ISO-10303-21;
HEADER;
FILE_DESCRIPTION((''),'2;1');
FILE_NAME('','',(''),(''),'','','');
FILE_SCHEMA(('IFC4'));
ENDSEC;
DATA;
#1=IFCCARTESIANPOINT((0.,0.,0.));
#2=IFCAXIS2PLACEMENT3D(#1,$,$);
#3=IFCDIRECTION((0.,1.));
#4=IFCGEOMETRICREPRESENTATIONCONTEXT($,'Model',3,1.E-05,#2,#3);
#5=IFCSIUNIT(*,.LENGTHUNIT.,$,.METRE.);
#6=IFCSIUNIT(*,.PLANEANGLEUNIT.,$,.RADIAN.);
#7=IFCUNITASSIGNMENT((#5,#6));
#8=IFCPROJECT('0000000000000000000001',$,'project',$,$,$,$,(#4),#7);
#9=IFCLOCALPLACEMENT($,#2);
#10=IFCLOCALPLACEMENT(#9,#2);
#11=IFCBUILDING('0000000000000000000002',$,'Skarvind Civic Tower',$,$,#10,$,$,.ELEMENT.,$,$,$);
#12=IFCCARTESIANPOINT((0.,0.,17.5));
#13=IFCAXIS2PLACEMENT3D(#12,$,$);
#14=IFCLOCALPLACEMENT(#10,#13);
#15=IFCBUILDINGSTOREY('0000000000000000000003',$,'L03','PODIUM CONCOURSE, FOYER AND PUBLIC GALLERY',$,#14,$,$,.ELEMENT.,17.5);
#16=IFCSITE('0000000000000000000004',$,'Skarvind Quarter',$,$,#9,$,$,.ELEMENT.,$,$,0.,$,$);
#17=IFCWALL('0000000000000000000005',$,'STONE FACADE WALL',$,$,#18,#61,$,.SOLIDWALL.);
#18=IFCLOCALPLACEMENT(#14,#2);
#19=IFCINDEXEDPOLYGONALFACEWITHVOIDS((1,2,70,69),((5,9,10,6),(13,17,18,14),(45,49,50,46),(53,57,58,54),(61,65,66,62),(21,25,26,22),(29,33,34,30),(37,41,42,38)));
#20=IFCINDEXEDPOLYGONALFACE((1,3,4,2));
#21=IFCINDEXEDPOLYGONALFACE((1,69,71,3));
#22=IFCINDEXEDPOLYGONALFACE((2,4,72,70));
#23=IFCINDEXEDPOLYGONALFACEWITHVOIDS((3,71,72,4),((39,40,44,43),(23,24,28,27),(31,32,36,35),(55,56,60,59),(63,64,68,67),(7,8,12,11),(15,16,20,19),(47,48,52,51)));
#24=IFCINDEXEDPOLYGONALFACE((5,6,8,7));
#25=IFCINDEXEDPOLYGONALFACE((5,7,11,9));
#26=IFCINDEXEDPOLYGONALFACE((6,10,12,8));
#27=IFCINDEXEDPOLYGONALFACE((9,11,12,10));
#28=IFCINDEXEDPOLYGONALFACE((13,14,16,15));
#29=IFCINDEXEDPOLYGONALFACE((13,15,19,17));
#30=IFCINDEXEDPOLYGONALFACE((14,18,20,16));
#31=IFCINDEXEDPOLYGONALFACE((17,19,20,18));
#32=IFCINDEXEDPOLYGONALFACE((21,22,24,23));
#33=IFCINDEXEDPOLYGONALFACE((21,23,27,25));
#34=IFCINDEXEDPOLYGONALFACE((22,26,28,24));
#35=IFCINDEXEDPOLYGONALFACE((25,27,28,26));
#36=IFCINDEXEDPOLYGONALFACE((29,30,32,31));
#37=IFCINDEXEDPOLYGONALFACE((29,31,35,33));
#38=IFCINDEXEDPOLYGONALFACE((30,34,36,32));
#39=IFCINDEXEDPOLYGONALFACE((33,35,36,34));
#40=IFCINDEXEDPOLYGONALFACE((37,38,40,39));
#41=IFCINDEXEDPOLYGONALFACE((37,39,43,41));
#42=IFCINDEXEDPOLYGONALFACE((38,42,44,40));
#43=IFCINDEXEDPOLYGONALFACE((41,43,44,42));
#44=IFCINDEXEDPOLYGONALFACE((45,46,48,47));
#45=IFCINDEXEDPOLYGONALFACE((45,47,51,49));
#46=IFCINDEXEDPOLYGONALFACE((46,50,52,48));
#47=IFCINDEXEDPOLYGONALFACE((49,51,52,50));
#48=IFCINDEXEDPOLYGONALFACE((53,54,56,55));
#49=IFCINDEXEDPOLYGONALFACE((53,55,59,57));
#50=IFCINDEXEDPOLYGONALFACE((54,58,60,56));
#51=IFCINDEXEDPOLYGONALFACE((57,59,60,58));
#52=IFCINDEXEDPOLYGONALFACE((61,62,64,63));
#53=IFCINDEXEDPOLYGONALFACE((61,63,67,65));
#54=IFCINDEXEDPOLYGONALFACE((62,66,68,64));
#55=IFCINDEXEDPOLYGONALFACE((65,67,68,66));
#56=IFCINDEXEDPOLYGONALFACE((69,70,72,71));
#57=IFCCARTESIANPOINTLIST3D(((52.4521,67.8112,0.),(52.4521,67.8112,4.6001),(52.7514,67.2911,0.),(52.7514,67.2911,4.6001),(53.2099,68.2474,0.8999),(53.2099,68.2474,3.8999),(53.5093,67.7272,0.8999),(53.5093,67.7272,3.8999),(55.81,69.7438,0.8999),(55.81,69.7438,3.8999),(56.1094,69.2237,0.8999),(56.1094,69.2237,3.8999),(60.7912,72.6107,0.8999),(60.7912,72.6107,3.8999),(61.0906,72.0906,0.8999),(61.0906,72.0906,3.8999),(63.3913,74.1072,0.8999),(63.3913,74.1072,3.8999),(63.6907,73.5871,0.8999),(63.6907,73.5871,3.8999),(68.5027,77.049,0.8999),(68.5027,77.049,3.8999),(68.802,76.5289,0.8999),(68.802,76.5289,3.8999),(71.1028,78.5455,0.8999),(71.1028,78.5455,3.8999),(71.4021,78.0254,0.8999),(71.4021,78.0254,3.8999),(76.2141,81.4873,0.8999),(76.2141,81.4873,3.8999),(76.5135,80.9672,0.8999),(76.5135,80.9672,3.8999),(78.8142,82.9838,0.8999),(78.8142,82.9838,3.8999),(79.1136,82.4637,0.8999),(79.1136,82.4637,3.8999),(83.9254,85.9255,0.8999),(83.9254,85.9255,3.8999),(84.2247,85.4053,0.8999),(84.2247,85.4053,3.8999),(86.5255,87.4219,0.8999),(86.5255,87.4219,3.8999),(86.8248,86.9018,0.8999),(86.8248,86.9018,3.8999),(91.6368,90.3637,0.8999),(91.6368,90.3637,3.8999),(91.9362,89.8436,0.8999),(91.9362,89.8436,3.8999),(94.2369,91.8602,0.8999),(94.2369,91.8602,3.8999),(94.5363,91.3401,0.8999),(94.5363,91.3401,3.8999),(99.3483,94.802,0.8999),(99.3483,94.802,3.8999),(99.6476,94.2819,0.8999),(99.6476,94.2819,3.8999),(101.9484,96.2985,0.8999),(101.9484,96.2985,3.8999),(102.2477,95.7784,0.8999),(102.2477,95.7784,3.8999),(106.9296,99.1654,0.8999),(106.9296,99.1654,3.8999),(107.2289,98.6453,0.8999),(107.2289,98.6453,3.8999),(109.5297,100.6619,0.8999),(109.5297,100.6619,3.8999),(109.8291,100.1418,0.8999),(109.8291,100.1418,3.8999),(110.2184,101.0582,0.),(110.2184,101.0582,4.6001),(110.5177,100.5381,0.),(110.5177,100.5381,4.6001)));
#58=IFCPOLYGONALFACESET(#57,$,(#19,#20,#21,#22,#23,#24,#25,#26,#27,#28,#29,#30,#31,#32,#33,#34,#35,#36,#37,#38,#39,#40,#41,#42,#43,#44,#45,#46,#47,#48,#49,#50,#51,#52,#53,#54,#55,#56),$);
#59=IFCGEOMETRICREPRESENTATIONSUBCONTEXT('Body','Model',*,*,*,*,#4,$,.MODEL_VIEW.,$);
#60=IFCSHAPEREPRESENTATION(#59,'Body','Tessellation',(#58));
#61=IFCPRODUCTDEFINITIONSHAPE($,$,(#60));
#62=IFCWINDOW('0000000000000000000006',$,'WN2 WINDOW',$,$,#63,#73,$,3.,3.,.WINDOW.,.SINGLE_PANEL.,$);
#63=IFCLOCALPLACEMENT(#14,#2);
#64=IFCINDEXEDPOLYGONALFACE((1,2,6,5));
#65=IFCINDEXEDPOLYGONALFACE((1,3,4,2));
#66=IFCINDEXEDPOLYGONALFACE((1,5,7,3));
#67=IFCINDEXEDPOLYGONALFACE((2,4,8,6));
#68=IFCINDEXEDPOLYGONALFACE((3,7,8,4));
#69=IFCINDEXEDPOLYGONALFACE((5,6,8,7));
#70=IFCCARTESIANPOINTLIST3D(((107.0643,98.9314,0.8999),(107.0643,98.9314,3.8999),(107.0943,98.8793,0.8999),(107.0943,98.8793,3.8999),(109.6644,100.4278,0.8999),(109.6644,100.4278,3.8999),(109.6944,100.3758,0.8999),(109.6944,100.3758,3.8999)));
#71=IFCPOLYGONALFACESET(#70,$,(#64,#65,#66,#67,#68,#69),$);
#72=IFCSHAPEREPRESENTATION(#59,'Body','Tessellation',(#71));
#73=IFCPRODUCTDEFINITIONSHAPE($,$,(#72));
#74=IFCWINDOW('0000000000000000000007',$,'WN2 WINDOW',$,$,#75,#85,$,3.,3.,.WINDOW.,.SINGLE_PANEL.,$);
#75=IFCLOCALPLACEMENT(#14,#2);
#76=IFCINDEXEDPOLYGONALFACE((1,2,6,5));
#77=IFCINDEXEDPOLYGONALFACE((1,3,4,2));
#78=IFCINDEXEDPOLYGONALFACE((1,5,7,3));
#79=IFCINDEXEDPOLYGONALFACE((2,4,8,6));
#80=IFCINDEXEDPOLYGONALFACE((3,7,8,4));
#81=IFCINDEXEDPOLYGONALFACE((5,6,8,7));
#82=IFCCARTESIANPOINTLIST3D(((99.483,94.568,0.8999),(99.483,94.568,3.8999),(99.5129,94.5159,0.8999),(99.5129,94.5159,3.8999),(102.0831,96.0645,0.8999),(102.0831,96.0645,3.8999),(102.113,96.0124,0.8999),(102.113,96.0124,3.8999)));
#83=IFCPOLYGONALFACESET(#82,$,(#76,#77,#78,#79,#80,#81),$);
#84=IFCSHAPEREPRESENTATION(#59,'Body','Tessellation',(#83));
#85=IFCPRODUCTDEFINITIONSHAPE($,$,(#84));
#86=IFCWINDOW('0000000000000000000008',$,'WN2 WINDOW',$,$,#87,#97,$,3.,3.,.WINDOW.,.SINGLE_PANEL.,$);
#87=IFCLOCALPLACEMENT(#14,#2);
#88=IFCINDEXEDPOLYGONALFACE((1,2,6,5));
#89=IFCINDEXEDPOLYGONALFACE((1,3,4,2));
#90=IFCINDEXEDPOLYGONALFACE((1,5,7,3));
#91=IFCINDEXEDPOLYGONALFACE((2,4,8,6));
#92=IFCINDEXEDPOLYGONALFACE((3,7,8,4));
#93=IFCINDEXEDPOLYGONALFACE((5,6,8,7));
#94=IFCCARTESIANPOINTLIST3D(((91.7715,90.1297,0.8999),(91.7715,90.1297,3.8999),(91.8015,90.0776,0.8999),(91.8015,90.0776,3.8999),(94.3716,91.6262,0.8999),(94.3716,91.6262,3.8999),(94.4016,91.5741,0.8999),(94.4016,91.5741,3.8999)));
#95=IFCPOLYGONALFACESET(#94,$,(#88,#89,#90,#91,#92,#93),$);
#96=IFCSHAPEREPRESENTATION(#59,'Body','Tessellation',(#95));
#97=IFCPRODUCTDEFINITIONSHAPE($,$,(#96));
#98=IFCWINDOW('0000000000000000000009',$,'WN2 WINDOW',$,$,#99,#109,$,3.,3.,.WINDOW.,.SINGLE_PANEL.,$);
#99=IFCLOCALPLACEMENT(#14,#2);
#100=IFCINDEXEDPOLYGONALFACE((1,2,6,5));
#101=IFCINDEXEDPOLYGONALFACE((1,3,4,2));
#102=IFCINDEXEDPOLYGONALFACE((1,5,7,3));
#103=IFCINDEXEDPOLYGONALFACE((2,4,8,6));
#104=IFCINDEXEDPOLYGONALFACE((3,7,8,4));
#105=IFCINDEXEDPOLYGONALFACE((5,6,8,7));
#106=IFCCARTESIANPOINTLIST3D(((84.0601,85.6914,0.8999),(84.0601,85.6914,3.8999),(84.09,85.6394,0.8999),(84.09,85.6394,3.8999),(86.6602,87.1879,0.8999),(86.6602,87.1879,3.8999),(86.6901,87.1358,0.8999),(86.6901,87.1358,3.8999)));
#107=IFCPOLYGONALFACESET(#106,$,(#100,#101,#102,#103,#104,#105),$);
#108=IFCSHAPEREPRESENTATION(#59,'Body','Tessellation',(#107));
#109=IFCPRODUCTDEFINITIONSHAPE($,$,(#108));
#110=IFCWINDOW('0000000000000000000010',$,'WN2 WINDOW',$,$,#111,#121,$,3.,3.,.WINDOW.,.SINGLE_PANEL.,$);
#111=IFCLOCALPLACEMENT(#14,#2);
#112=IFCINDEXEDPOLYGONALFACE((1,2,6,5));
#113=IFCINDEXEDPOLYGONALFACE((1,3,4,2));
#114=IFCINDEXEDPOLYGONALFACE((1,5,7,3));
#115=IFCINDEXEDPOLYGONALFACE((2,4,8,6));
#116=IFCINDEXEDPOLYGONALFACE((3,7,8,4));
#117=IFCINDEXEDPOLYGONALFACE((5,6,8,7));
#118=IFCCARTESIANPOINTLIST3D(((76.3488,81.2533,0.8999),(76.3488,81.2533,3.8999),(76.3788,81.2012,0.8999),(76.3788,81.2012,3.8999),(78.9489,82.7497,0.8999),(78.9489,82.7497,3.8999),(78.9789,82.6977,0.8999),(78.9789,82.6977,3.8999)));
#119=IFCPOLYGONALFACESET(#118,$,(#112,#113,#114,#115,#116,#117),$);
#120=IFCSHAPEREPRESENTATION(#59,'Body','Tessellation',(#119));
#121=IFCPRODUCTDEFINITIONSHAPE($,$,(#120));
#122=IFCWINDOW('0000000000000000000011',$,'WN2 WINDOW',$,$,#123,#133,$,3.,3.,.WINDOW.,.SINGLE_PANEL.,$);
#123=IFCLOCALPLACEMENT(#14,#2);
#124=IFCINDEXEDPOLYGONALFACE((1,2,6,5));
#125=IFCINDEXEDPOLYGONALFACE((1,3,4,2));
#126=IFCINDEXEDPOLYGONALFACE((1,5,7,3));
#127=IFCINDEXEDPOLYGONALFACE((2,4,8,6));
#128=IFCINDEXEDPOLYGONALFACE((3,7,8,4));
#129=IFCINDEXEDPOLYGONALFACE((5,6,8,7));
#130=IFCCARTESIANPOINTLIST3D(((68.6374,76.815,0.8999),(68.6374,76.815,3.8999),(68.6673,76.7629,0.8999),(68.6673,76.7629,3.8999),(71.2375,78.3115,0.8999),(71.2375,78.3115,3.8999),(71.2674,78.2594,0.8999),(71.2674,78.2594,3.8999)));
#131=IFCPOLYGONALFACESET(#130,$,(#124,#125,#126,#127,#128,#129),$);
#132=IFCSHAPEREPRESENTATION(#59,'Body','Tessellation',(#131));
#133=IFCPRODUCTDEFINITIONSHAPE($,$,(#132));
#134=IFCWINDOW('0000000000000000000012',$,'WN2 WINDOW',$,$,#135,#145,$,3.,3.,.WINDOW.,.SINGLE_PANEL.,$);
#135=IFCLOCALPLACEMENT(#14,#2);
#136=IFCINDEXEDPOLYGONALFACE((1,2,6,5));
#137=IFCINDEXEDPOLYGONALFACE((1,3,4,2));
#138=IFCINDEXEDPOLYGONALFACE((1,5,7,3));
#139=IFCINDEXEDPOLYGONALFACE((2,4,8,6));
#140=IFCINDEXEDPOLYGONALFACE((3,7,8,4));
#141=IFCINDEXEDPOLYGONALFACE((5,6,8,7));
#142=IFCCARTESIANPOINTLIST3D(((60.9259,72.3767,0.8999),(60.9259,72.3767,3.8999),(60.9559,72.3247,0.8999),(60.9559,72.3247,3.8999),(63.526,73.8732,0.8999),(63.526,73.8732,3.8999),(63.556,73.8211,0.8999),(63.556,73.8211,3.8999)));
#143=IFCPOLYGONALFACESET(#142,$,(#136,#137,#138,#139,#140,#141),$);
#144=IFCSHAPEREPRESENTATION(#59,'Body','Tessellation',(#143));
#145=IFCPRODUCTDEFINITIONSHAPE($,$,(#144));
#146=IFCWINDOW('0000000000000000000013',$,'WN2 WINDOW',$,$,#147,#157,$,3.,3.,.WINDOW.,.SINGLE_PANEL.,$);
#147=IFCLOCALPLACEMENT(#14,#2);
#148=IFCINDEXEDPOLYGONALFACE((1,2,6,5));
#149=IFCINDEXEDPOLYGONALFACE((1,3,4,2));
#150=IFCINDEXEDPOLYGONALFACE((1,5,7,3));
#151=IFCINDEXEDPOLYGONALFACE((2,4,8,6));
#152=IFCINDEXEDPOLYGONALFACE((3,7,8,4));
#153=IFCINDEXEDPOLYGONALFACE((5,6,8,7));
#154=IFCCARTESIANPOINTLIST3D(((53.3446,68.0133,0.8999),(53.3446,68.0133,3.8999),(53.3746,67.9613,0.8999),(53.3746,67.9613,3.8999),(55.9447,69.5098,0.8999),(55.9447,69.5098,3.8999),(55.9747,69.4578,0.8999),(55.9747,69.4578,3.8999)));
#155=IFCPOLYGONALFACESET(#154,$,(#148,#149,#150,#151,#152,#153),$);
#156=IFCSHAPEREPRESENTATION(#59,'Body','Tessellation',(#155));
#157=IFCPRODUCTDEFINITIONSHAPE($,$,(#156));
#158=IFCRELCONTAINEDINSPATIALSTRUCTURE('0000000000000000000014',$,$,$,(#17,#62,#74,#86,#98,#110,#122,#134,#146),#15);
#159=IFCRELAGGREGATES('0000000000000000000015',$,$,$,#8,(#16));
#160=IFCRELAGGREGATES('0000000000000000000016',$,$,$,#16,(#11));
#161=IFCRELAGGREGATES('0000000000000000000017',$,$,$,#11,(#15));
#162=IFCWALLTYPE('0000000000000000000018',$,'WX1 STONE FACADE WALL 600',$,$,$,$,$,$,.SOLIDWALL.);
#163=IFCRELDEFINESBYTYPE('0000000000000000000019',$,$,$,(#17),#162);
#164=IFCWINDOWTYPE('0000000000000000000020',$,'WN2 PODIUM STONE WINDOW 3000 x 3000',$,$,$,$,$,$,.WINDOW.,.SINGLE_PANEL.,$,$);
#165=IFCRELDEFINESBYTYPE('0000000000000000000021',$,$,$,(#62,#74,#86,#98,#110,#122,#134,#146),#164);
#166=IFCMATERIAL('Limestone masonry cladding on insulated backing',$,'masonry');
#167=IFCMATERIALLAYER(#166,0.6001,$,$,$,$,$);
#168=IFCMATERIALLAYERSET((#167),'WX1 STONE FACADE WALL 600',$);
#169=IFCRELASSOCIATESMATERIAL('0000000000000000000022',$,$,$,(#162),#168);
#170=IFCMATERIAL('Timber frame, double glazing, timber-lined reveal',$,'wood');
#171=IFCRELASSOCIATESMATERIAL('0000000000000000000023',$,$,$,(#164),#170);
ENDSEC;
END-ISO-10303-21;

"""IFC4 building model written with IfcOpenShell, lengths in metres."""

from ifc_helpers import new_model, si_unit, direction, frame, frame_2d, origin, place, context, subcontext, project, spatial, rectangle, extrude, material, layer, layer_set, type_object, element, fill, save


model = new_model("IFC4")

# Units and contexts
model_context = context("Model", 3, precision=1e-05, world=origin(), true_north=direction((0.0, 1.0)))
body_context = subcontext(model_context, "Body", "Model", "MODEL_VIEW")
ifc_project = project(units=[si_unit("LENGTHUNIT", "METRE"), si_unit("PLANEANGLEUNIT", "RADIAN")], contexts=[model_context])

# Site, building, storey
site_placement = place(None, origin())
site = spatial("IfcSite", under=ifc_project, at=site_placement, Name="Skarvind Quarter", CompositionType="ELEMENT", RefElevation=0.0)
building_placement = place(site_placement, origin())
building = spatial("IfcBuilding", under=site, at=building_placement, Name="Skarvind Civic Tower", CompositionType="ELEMENT")
storey_placement = place(building_placement, frame((0.0, 0.0, 17.5)))
storey = spatial("IfcBuildingStorey", under=building, at=storey_placement, Name="L03", Description="PODIUM CONCOURSE, FOYER AND PUBLIC GALLERY", CompositionType="ELEMENT", Elevation=17.5)

# Wall, openings, windows
ifc_material_1 = material(Name="Limestone masonry cladding on insulated backing", Category="masonry")
ifc_layer_1 = layer(ifc_material_1, 0.6001)
ifc_layer_set_1 = layer_set([ifc_layer_1], Name="WX1 STONE FACADE WALL 600")
wall_type_1 = type_object("IfcWallType", Name="WX1 STONE FACADE WALL 600", PredefinedType="SOLIDWALL", material=ifc_layer_set_1)
wall_1_placement = place(storey_placement, frame((110.3679, 100.7981, 0.0), z_axis=(0.0, 0.0, 1.0), x_axis=(-0.866703, -0.498825, 0.0)))
wall_1 = element("IfcWall", 1, at=wall_1_placement, inside=storey, type_object=wall_type_1, Name="STONE FACADE WALL", PredefinedType="SOLIDWALL", context=body_context, shape_type="SweptSolid", body=[
    extrude(rectangle(XDim=66.6506, YDim=0.6001, at=frame_2d((33.3252, 0.0))), origin(), (0.0, 0.0, 1.0), 4.6001),
])
opening_1_placement = place(wall_1_placement, frame((0.7944, 0.0, 0.8999)))
opening_1 = element("IfcOpeningElement", 2, at=opening_1_placement, cuts=wall_1, PredefinedType="OPENING", context=body_context, shape_type="SweptSolid", body=[
    extrude(rectangle(XDim=3.0, YDim=3.0, at=frame_2d((1.5, 1.5))), frame((0.0, 0.3101, 0.0), z_axis=(0.0, -1.0, 0.0), x_axis=(1.0, 0.0, 0.0)), (0.0, 0.0, 1.0), 0.6201),
])
opening_2_placement = place(wall_1_placement, frame((9.5417, 0.0, 0.8999)))
opening_2 = element("IfcOpeningElement", 3, at=opening_2_placement, cuts=wall_1, PredefinedType="OPENING", context=body_context, shape_type="SweptSolid", body=[
    extrude(rectangle(XDim=3.0, YDim=3.0, at=frame_2d((1.5, 1.5))), frame((0.0, 0.3101, 0.0), z_axis=(0.0, -1.0, 0.0), x_axis=(1.0, 0.0, 0.0)), (0.0, 0.0, 1.0), 0.6201),
])
opening_3_placement = place(wall_1_placement, frame((18.4392, 0.0, 0.8999)))
opening_3 = element("IfcOpeningElement", 4, at=opening_3_placement, cuts=wall_1, PredefinedType="OPENING", context=body_context, shape_type="SweptSolid", body=[
    extrude(rectangle(XDim=3.0, YDim=3.0, at=frame_2d((1.5, 1.5))), frame((0.0, 0.3101, 0.0), z_axis=(0.0, -1.0, 0.0), x_axis=(1.0, 0.0, 0.0)), (0.0, 0.0, 1.0), 0.6201),
])
opening_4_placement = place(wall_1_placement, frame((27.3367, 0.0, 0.8999)))
opening_4 = element("IfcOpeningElement", 5, at=opening_4_placement, cuts=wall_1, PredefinedType="OPENING", context=body_context, shape_type="SweptSolid", body=[
    extrude(rectangle(XDim=3.0, YDim=3.0, at=frame_2d((1.5, 1.5))), frame((0.0, 0.3101, 0.0), z_axis=(0.0, -1.0, 0.0), x_axis=(1.0, 0.0, 0.0)), (0.0, 0.0, 1.0), 0.6201),
])
opening_5_placement = place(wall_1_placement, frame((36.2339, 0.0, 0.8999)))
opening_5 = element("IfcOpeningElement", 6, at=opening_5_placement, cuts=wall_1, PredefinedType="OPENING", context=body_context, shape_type="SweptSolid", body=[
    extrude(rectangle(XDim=3.0, YDim=3.0, at=frame_2d((1.5, 1.5))), frame((0.0, 0.3101, 0.0), z_axis=(0.0, -1.0, 0.0), x_axis=(1.0, 0.0, 0.0)), (0.0, 0.0, 1.0), 0.6201),
])
opening_6_placement = place(wall_1_placement, frame((45.1313, 0.0, 0.8999)))
opening_6 = element("IfcOpeningElement", 7, at=opening_6_placement, cuts=wall_1, PredefinedType="OPENING", context=body_context, shape_type="SweptSolid", body=[
    extrude(rectangle(XDim=3.0, YDim=3.0, at=frame_2d((1.5, 1.5))), frame((0.0, 0.3101, 0.0), z_axis=(0.0, -1.0, 0.0), x_axis=(1.0, 0.0, 0.0)), (0.0, 0.0, 1.0), 0.6201),
])
opening_7_placement = place(wall_1_placement, frame((54.0288, 0.0, 0.8999)))
opening_7 = element("IfcOpeningElement", 8, at=opening_7_placement, cuts=wall_1, PredefinedType="OPENING", context=body_context, shape_type="SweptSolid", body=[
    extrude(rectangle(XDim=3.0, YDim=3.0, at=frame_2d((1.5, 1.5))), frame((0.0, 0.3101, 0.0), z_axis=(0.0, -1.0, 0.0), x_axis=(1.0, 0.0, 0.0)), (0.0, 0.0, 1.0), 0.6201),
])
opening_8_placement = place(wall_1_placement, frame((62.7761, 0.0, 0.8999)))
opening_8 = element("IfcOpeningElement", 9, at=opening_8_placement, cuts=wall_1, PredefinedType="OPENING", context=body_context, shape_type="SweptSolid", body=[
    extrude(rectangle(XDim=3.0, YDim=3.0, at=frame_2d((1.5, 1.5))), frame((0.0, 0.3101, 0.0), z_axis=(0.0, -1.0, 0.0), x_axis=(1.0, 0.0, 0.0)), (0.0, 0.0, 1.0), 0.6201),
])
ifc_material_2 = material(Name="Timber frame, double glazing, timber-lined reveal", Category="wood")
window_type = type_object("IfcWindowType", Name="WN2 PODIUM STONE WINDOW 3000 x 3000", PartitioningType="SINGLE_PANEL", PredefinedType="WINDOW", material=ifc_material_2)
window_1_placement = place(opening_1_placement, origin())
window_1 = element("IfcWindow", 10, at=window_1_placement, inside=storey, type_object=window_type, Name="WN2 WINDOW", OverallHeight=3.0, OverallWidth=3.0, PartitioningType="SINGLE_PANEL", PredefinedType="WINDOW", context=body_context, shape_type="SweptSolid", body=[
    extrude(rectangle(XDim=3.0, YDim=3.0, at=frame_2d((1.5, 1.5))), frame((0.0, 0.03, 0.0), z_axis=(0.0, -1.0, 0.0), x_axis=(1.0, 0.0, 0.0)), (0.0, 0.0, 1.0), 0.0601),
])
fill(opening_1, window_1)
window_2_placement = place(opening_2_placement, origin())
window_2 = element("IfcWindow", 11, at=window_2_placement, inside=storey, type_object=window_type, Name="WN2 WINDOW", OverallHeight=3.0, OverallWidth=3.0, PartitioningType="SINGLE_PANEL", PredefinedType="WINDOW", context=body_context, shape_type="SweptSolid", body=[
    extrude(rectangle(XDim=3.0, YDim=3.0, at=frame_2d((1.5, 1.5))), frame((0.0, 0.03, 0.0), z_axis=(0.0, -1.0, 0.0), x_axis=(1.0, 0.0, 0.0)), (0.0, 0.0, 1.0), 0.0601),
])
fill(opening_2, window_2)
window_3_placement = place(opening_3_placement, origin())
window_3 = element("IfcWindow", 12, at=window_3_placement, inside=storey, type_object=window_type, Name="WN2 WINDOW", OverallHeight=3.0, OverallWidth=3.0, PartitioningType="SINGLE_PANEL", PredefinedType="WINDOW", context=body_context, shape_type="SweptSolid", body=[
    extrude(rectangle(XDim=3.0, YDim=3.0, at=frame_2d((1.5, 1.5))), frame((0.0, 0.03, 0.0), z_axis=(0.0, -1.0, 0.0), x_axis=(1.0, 0.0, 0.0)), (0.0, 0.0, 1.0), 0.0601),
])
fill(opening_3, window_3)
window_4_placement = place(opening_4_placement, origin())
window_4 = element("IfcWindow", 13, at=window_4_placement, inside=storey, type_object=window_type, Name="WN2 WINDOW", OverallHeight=3.0, OverallWidth=3.0, PartitioningType="SINGLE_PANEL", PredefinedType="WINDOW", context=body_context, shape_type="SweptSolid", body=[
    extrude(rectangle(XDim=3.0, YDim=3.0, at=frame_2d((1.5, 1.5))), frame((0.0, 0.03, 0.0), z_axis=(0.0, -1.0, 0.0), x_axis=(1.0, 0.0, 0.0)), (0.0, 0.0, 1.0), 0.0601),
])
fill(opening_4, window_4)
window_5_placement = place(opening_5_placement, origin())
window_5 = element("IfcWindow", 14, at=window_5_placement, inside=storey, type_object=window_type, Name="WN2 WINDOW", OverallHeight=3.0, OverallWidth=3.0, PartitioningType="SINGLE_PANEL", PredefinedType="WINDOW", context=body_context, shape_type="SweptSolid", body=[
    extrude(rectangle(XDim=3.0, YDim=3.0, at=frame_2d((1.5, 1.5))), frame((0.0, 0.03, 0.0), z_axis=(0.0, -1.0, 0.0), x_axis=(1.0, 0.0, 0.0)), (0.0, 0.0, 1.0), 0.0601),
])
fill(opening_5, window_5)
window_6_placement = place(opening_6_placement, origin())
window_6 = element("IfcWindow", 15, at=window_6_placement, inside=storey, type_object=window_type, Name="WN2 WINDOW", OverallHeight=3.0, OverallWidth=3.0, PartitioningType="SINGLE_PANEL", PredefinedType="WINDOW", context=body_context, shape_type="SweptSolid", body=[
    extrude(rectangle(XDim=3.0, YDim=3.0, at=frame_2d((1.5, 1.5))), frame((0.0, 0.03, 0.0), z_axis=(0.0, -1.0, 0.0), x_axis=(1.0, 0.0, 0.0)), (0.0, 0.0, 1.0), 0.0601),
])
fill(opening_6, window_6)
window_7_placement = place(opening_7_placement, origin())
window_7 = element("IfcWindow", 16, at=window_7_placement, inside=storey, type_object=window_type, Name="WN2 WINDOW", OverallHeight=3.0, OverallWidth=3.0, PartitioningType="SINGLE_PANEL", PredefinedType="WINDOW", context=body_context, shape_type="SweptSolid", body=[
    extrude(rectangle(XDim=3.0, YDim=3.0, at=frame_2d((1.5, 1.5))), frame((0.0, 0.03, 0.0), z_axis=(0.0, -1.0, 0.0), x_axis=(1.0, 0.0, 0.0)), (0.0, 0.0, 1.0), 0.0601),
])
fill(opening_7, window_7)
window_8_placement = place(opening_8_placement, origin())
window_8 = element("IfcWindow", 17, at=window_8_placement, inside=storey, type_object=window_type, Name="WN2 WINDOW", OverallHeight=3.0, OverallWidth=3.0, PartitioningType="SINGLE_PANEL", PredefinedType="WINDOW", context=body_context, shape_type="SweptSolid", body=[
    extrude(rectangle(XDim=3.0, YDim=3.0, at=frame_2d((1.5, 1.5))), frame((0.0, 0.03, 0.0), z_axis=(0.0, -1.0, 0.0), x_axis=(1.0, 0.0, 0.0)), (0.0, 0.0, 1.0), 0.0601),
])
fill(opening_8, window_8)

save(model, "model.ifc")
